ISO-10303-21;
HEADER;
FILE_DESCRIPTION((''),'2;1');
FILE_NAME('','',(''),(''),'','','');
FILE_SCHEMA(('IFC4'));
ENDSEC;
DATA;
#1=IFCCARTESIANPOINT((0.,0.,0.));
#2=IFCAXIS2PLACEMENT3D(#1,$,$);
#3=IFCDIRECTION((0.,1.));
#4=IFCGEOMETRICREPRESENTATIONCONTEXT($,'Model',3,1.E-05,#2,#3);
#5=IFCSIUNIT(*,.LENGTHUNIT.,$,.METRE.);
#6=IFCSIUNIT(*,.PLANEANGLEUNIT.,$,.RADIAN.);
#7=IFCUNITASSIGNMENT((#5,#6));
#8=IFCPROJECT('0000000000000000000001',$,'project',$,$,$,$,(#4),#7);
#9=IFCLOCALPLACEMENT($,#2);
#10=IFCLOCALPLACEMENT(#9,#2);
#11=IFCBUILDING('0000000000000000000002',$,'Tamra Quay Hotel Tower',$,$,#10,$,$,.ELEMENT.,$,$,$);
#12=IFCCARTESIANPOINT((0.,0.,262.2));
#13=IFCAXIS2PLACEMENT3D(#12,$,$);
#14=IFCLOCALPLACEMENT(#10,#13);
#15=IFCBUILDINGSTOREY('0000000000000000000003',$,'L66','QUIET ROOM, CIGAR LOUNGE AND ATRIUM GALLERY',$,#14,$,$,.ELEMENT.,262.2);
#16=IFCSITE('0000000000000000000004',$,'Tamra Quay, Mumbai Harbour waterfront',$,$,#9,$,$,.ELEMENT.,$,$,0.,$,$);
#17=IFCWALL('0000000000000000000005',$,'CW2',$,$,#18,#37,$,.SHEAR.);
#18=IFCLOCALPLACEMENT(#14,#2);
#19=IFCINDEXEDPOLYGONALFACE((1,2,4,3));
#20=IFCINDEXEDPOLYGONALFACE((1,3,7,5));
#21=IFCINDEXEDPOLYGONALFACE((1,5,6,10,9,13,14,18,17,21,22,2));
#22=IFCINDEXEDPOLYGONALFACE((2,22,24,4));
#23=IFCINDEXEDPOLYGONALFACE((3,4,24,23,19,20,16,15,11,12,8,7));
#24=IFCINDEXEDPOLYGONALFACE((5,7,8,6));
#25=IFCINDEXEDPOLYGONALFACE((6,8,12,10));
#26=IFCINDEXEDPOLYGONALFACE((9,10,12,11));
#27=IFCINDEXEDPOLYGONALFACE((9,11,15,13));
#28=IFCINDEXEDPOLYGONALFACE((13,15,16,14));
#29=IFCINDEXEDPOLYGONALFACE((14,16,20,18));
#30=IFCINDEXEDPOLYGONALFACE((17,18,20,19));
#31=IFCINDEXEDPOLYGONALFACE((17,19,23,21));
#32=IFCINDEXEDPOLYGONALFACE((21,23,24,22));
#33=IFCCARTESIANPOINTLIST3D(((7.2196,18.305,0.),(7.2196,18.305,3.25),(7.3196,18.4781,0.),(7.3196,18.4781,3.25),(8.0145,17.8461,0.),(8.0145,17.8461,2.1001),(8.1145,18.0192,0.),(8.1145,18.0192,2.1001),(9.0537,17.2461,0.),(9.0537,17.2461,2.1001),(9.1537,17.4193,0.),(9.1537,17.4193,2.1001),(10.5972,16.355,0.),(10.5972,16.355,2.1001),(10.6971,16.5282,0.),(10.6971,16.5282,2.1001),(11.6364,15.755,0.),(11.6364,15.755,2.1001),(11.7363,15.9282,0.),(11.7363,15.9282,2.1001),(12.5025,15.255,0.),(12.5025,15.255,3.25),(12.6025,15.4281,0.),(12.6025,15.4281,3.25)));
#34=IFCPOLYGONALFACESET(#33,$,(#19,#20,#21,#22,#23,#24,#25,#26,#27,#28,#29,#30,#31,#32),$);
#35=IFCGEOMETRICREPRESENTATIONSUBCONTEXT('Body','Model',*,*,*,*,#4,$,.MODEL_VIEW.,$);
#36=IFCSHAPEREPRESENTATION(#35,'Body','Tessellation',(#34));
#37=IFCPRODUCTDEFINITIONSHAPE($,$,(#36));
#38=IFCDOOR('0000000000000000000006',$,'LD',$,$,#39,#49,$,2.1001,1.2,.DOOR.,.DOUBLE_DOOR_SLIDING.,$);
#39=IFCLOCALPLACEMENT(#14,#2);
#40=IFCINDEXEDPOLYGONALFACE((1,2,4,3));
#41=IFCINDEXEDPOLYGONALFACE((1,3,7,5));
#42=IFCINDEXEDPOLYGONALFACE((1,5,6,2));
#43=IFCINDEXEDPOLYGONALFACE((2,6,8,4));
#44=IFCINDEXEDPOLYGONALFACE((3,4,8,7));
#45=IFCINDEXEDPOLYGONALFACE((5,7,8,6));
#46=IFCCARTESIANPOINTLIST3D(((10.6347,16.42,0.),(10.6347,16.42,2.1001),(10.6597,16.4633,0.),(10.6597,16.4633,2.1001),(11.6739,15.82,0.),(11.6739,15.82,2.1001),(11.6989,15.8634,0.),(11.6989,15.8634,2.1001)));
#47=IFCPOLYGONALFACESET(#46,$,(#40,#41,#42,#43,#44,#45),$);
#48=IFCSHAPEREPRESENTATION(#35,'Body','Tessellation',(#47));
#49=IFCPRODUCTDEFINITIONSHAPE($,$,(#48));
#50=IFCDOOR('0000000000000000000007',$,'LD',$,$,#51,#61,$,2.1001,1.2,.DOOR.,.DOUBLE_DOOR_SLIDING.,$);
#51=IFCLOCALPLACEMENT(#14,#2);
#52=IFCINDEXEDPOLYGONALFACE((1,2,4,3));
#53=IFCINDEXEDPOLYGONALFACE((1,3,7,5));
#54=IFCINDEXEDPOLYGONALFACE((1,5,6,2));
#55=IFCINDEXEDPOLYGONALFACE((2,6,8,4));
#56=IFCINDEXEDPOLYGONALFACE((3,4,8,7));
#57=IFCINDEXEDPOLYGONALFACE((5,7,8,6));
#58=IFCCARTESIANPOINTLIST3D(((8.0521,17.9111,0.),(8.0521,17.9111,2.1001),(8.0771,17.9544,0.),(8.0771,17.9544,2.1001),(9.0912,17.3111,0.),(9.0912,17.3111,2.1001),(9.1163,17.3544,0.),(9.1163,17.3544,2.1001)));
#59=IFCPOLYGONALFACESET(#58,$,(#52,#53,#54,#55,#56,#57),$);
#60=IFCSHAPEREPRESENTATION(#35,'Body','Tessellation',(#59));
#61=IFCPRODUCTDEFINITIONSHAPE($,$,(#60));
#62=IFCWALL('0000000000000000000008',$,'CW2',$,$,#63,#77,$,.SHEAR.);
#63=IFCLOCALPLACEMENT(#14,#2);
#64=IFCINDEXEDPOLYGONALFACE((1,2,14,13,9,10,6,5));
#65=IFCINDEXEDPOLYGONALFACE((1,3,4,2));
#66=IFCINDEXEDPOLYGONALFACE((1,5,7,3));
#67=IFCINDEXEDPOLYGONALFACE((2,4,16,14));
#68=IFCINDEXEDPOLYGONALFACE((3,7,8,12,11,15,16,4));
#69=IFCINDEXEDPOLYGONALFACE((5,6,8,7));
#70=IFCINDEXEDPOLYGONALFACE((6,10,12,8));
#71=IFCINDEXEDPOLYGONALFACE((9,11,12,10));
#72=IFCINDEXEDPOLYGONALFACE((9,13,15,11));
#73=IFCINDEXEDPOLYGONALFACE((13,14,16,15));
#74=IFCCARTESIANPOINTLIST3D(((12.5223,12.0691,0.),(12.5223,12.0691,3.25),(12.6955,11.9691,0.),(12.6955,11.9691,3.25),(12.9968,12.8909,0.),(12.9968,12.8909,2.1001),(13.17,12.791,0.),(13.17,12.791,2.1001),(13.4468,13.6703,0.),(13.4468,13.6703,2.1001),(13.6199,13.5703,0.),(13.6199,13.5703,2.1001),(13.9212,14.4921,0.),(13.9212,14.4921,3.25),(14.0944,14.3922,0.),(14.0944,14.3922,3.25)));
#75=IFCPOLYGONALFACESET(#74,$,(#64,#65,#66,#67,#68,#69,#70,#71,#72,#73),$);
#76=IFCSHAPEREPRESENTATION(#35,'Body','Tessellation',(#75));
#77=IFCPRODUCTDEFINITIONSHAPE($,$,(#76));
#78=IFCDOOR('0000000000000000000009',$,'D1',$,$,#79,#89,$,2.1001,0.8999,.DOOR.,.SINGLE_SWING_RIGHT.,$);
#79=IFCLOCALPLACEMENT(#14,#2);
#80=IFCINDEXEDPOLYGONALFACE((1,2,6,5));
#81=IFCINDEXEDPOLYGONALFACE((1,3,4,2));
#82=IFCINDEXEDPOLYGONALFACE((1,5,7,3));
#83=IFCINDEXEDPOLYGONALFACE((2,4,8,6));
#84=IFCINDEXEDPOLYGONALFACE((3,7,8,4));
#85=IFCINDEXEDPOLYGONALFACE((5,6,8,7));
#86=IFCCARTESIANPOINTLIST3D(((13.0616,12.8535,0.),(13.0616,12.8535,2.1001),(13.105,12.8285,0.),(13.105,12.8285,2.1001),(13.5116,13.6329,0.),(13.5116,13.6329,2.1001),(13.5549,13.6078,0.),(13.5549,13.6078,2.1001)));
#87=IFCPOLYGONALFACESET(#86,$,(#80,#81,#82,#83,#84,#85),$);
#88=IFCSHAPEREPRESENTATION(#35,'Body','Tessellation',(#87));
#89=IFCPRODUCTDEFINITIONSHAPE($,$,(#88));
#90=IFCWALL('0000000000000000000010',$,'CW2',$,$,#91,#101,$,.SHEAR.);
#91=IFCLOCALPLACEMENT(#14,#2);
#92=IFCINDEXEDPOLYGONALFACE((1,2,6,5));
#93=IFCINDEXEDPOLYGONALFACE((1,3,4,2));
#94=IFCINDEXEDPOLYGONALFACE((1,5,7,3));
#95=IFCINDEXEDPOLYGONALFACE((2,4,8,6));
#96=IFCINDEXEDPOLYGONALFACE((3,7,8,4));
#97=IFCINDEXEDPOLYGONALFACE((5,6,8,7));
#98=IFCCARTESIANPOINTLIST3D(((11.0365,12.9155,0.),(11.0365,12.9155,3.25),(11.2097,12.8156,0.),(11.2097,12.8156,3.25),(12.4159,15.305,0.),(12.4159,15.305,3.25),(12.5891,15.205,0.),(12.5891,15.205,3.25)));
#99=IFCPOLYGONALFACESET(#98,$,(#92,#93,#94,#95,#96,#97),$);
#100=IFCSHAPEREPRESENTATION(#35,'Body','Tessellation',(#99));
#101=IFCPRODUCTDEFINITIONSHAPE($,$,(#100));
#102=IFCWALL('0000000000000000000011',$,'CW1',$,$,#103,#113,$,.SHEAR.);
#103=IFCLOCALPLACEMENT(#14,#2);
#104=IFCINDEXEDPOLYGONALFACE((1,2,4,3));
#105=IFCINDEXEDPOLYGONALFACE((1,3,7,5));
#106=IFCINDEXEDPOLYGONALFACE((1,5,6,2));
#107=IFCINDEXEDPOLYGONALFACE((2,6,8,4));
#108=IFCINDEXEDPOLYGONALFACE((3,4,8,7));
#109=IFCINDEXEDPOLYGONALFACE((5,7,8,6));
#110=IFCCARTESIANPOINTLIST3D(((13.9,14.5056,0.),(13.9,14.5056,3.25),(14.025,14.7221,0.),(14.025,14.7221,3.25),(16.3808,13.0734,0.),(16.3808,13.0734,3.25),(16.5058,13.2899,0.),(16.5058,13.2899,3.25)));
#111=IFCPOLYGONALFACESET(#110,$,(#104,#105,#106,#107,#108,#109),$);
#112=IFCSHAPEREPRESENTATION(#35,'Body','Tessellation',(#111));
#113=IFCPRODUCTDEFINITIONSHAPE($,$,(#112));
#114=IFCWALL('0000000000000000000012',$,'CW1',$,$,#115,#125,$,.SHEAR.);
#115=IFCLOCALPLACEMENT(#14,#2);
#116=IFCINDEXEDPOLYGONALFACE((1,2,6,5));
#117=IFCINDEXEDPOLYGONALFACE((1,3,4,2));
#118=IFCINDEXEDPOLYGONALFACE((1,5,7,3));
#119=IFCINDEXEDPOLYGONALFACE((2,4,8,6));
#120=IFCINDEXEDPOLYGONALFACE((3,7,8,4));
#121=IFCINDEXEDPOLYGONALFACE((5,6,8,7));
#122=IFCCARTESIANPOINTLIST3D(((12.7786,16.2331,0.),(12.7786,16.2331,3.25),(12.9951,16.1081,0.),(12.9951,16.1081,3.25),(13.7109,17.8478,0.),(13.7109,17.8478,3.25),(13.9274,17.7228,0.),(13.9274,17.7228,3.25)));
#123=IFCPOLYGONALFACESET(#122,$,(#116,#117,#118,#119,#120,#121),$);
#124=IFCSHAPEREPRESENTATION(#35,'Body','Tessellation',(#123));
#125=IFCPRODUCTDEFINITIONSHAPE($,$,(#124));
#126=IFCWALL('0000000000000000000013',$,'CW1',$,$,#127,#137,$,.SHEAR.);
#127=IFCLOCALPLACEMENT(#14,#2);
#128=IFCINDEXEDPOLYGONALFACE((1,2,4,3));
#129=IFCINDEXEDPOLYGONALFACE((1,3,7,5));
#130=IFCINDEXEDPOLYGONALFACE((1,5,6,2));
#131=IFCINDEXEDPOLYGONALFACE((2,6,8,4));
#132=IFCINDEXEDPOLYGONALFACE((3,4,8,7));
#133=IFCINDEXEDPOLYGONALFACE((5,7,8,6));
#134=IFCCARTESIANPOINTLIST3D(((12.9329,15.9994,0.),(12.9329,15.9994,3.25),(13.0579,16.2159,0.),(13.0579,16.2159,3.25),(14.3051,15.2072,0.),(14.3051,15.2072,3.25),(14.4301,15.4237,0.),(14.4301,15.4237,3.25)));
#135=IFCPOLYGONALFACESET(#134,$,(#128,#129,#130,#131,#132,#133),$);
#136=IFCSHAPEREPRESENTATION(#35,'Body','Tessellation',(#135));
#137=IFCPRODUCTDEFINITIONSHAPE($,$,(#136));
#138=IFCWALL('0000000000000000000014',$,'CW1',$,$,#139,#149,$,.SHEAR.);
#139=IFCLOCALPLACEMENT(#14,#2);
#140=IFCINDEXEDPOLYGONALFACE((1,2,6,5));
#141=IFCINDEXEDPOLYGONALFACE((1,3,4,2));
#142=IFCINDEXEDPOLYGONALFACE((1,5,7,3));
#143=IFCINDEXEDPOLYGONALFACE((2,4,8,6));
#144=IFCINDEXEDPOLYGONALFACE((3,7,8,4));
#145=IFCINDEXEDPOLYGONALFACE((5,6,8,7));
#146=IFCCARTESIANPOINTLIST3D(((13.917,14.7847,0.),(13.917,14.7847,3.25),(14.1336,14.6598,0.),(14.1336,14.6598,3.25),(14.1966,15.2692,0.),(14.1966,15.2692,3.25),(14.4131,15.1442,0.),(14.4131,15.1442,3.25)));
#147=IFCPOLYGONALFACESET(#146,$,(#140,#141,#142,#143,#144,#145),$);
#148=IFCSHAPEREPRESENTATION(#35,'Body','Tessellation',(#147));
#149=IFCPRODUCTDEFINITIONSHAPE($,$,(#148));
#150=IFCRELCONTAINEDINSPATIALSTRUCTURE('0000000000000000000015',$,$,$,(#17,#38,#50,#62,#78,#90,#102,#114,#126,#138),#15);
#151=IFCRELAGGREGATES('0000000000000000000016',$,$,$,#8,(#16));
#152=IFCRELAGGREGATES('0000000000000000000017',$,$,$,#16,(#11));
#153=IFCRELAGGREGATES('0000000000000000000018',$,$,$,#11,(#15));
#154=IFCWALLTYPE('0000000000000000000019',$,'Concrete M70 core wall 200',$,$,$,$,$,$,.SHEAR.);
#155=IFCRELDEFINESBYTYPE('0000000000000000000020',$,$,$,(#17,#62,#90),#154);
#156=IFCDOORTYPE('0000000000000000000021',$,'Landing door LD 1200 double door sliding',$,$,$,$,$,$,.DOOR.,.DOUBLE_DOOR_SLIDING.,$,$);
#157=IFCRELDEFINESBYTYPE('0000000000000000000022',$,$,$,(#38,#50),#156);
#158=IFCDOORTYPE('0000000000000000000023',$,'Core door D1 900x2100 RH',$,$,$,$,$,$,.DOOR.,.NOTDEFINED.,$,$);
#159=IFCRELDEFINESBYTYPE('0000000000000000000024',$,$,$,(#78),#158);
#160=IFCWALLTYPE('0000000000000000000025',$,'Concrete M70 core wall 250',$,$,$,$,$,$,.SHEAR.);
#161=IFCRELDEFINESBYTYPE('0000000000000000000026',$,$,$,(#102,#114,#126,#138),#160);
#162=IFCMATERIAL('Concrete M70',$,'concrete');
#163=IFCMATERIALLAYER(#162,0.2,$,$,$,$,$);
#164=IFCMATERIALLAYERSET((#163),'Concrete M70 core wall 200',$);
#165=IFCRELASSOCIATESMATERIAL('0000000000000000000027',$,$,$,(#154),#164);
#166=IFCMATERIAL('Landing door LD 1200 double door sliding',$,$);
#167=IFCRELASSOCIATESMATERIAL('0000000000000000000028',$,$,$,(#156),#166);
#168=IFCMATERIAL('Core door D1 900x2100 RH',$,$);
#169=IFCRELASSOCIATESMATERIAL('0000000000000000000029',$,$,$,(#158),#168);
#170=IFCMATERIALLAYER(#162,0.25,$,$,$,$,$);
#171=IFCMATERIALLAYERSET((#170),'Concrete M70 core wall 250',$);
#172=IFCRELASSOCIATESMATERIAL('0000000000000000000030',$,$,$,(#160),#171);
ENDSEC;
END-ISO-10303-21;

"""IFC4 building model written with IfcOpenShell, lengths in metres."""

from ifc_helpers import new_model, si_unit, direction, frame, frame_2d, origin, place, context, subcontext, project, spatial, rectangle, extrude, material, layer, layer_set, type_object, element, fill, save


model = new_model("IFC4")

# Units and contexts
model_context = context("Model", 3, precision=1e-05, world=origin(), true_north=direction((0.0, 1.0)))
body_context = subcontext(model_context, "Body", "Model", "MODEL_VIEW")
ifc_project = project(units=[si_unit("LENGTHUNIT", "METRE"), si_unit("PLANEANGLEUNIT", "RADIAN")], contexts=[model_context])

# Site, building, storey
site_placement = place(None, origin())
site = spatial("IfcSite", under=ifc_project, at=site_placement, Name="Tamra Quay, Mumbai Harbour waterfront", CompositionType="ELEMENT", RefElevation=0.0)
building_placement = place(site_placement, origin())
building = spatial("IfcBuilding", under=site, at=building_placement, Name="Tamra Quay Hotel Tower", CompositionType="ELEMENT")
storey_placement = place(building_placement, frame((0.0, 0.0, 262.2)))
storey = spatial("IfcBuildingStorey", under=building, at=storey_placement, Name="L66", Description="QUIET ROOM, CIGAR LOUNGE AND ATRIUM GALLERY", CompositionType="ELEMENT", Elevation=262.2)

# Shared definitions
ifc_material_1 = material(Name="Concrete M70", Category="concrete")

# Wall, openings, doors
ifc_layer_1 = layer(ifc_material_1, 0.2)
ifc_layer_set_1 = layer_set([ifc_layer_1], Name="Concrete M70 core wall 200")
wall_type_1 = type_object("IfcWallType", Name="Concrete M70 core wall 200", PredefinedType="SHEAR", material=ifc_layer_set_1)
wall_1_placement = place(storey_placement, frame((12.5525, 15.3416, 0.0), z_axis=(0.0, 0.0, 1.0), x_axis=(-0.86603, 0.499992, 0.0)))
wall_1 = element("IfcWall", 1, at=wall_1_placement, inside=storey, type_object=wall_type_1, Name="CW2", PredefinedType="SHEAR", context=body_context, shape_type="SweptSolid", body=[
    extrude(rectangle(XDim=6.1001, YDim=0.2, at=frame_2d((3.05, 0.0))), origin(), (0.0, 0.0, 1.0), 3.25),
])
opening_1_placement = place(wall_1_placement, frame((1.0, 0.0, 0.0)))
opening_1 = element("IfcOpeningElement", 2, at=opening_1_placement, cuts=wall_1, PredefinedType="OPENING", context=body_context, shape_type="SweptSolid", body=[
    extrude(rectangle(XDim=1.2, YDim=2.1001, at=frame_2d((0.6001, 1.05))), frame((0.0, 0.1099, 0.0), z_axis=(0.0, -1.0, 0.0), x_axis=(1.0, 0.0, 0.0)), (0.0, 0.0, 1.0), 0.22),
])
opening_2_placement = place(wall_1_placement, frame((3.9822, 0.0, 0.0)))
opening_2 = element("IfcOpeningElement", 3, at=opening_2_placement, cuts=wall_1, PredefinedType="OPENING", context=body_context, shape_type="SweptSolid", body=[
    extrude(rectangle(XDim=1.2, YDim=2.1001, at=frame_2d((0.6001, 1.05))), frame((0.0, 0.1099, 0.0), z_axis=(0.0, -1.0, 0.0), x_axis=(1.0, 0.0, 0.0)), (0.0, 0.0, 1.0), 0.22),
])
ifc_material_2 = material(Name="Landing door LD 1200 double door sliding")
door_type_1 = type_object("IfcDoorType", Name="Landing door LD 1200 double door sliding", OperationType="DOUBLE_DOOR_SLIDING", PredefinedType="DOOR", material=ifc_material_2)
door_1_placement = place(opening_1_placement, origin())
door_1 = element("IfcDoor", 4, at=door_1_placement, inside=storey, type_object=door_type_1, Name="LD", OperationType="DOUBLE_DOOR_SLIDING", OverallHeight=2.1001, OverallWidth=1.2, PredefinedType="DOOR", context=body_context, shape_type="SweptSolid", body=[
    extrude(rectangle(XDim=1.2, YDim=2.1001, at=frame_2d((0.6001, 1.05))), frame((0.0, 0.0249, 0.0), z_axis=(0.0, -1.0, 0.0), x_axis=(1.0, 0.0, 0.0)), (0.0, 0.0, 1.0), 0.05),
])
fill(opening_1, door_1)
door_2_placement = place(opening_2_placement, origin())
door_2 = element("IfcDoor", 5, at=door_2_placement, inside=storey, type_object=door_type_1, Name="LD", OperationType="DOUBLE_DOOR_SLIDING", OverallHeight=2.1001, OverallWidth=1.2, PredefinedType="DOOR", context=body_context, shape_type="SweptSolid", body=[
    extrude(rectangle(XDim=1.2, YDim=2.1001, at=frame_2d((0.6001, 1.05))), frame((0.0, 0.0249, 0.0), z_axis=(0.0, -1.0, 0.0), x_axis=(1.0, 0.0, 0.0)), (0.0, 0.0, 1.0), 0.05),
])
fill(opening_2, door_2)

# Wall, opening, door
wall_2_placement = place(storey_placement, frame((14.0078, 14.4421, 0.0), z_axis=(0.0, 0.0, 1.0), x_axis=(-0.499987, -0.866033, 0.0)))
wall_2 = element("IfcWall", 6, at=wall_2_placement, inside=storey, type_object=wall_type_1, Name="CW2", PredefinedType="SHEAR", context=body_context, shape_type="SweptSolid", body=[
    extrude(rectangle(XDim=2.7979, YDim=0.2, at=frame_2d((1.3989, 0.0))), origin(), (0.0, 0.0, 1.0), 3.25),
])
opening_3_placement = place(wall_2_placement, frame((0.949, 0.0, 0.0)))
opening_3 = element("IfcOpeningElement", 7, at=opening_3_placement, cuts=wall_2, PredefinedType="OPENING", context=body_context, shape_type="SweptSolid", body=[
    extrude(rectangle(XDim=0.8999, YDim=2.1001, at=frame_2d((0.45, 1.05))), frame((0.0, 0.1099, 0.0), z_axis=(0.0, -1.0, 0.0), x_axis=(1.0, 0.0, 0.0)), (0.0, 0.0, 1.0), 0.22),
])
ifc_material_3 = material(Name="Core door D1 900x2100 RH")
door_type_2 = type_object("IfcDoorType", Name="Core door D1 900x2100 RH", OperationType="NOTDEFINED", PredefinedType="DOOR", material=ifc_material_3)
door_3_placement = place(opening_3_placement, origin())
door_3 = element("IfcDoor", 8, at=door_3_placement, inside=storey, type_object=door_type_2, Name="D1", OperationType="SINGLE_SWING_RIGHT", OverallHeight=2.1001, OverallWidth=0.8999, PredefinedType="DOOR", context=body_context, shape_type="SweptSolid", body=[
    extrude(rectangle(XDim=0.8999, YDim=2.1001, at=frame_2d((0.45, 1.05))), frame((0.0, 0.0249, 0.0), z_axis=(0.0, -1.0, 0.0), x_axis=(1.0, 0.0, 0.0)), (0.0, 0.0, 1.0), 0.05),
])
fill(opening_3, door_3)

# Walls
wall_3_placement = place(storey_placement, frame((12.5024, 15.2549, 0.0), z_axis=(0.0, 0.0, 1.0), x_axis=(-0.499965, -0.866046, 0.0)))
element("IfcWall", 9, at=wall_3_placement, inside=storey, type_object=wall_type_1, Name="CW2", PredefinedType="SHEAR", context=body_context, shape_type="SweptSolid", body=[
    extrude(rectangle(XDim=2.759, YDim=0.2, at=frame_2d((1.3794, 0.0))), origin(), (0.0, 0.0, 1.0), 3.25),
])
ifc_layer_2 = layer(ifc_material_1, 0.25)
ifc_layer_set_2 = layer_set([ifc_layer_2], Name="Concrete M70 core wall 250")
wall_type_2 = type_object("IfcWallType", Name="Concrete M70 core wall 250", PredefinedType="SHEAR", material=ifc_layer_set_2)
wall_4_placement = place(storey_placement, frame((13.9626, 14.6138, 0.0), z_axis=(0.0, 0.0, 1.0), x_axis=(0.866042, -0.499971, 0.0)))
element("IfcWall", 10, at=wall_4_placement, inside=storey, type_object=wall_type_2, Name="CW1", PredefinedType="SHEAR", context=body_context, shape_type="SweptSolid", body=[
    extrude(rectangle(XDim=2.8645, YDim=0.25, at=frame_2d((1.4321, 0.0))), origin(), (0.0, 0.0, 1.0), 3.25),
])
wall_5_placement = place(storey_placement, frame((13.8191, 17.7852, 0.0), z_axis=(0.0, 0.0, 1.0), x_axis=(-0.50004, -0.866002, 0.0)))
element("IfcWall", 11, at=wall_5_placement, inside=storey, type_object=wall_type_2, Name="CW1", PredefinedType="SHEAR", context=body_context, shape_type="SweptSolid", body=[
    extrude(rectangle(XDim=1.8645, YDim=0.25, at=frame_2d((0.9321, 0.0))), origin(), (0.0, 0.0, 1.0), 3.25),
])
wall_6_placement = place(storey_placement, frame((12.9954, 16.1077, 0.0), z_axis=(0.0, 0.0, 1.0), x_axis=(0.866044, -0.499967, 0.0)))
element("IfcWall", 12, at=wall_6_placement, inside=storey, type_object=wall_type_2, Name="CW1", PredefinedType="SHEAR", context=body_context, shape_type="SweptSolid", body=[
    extrude(rectangle(XDim=1.5845, YDim=0.25, at=frame_2d((0.7922, 0.0))), origin(), (0.0, 0.0, 1.0), 3.25),
])
wall_7_placement = place(storey_placement, frame((14.3049, 15.2068, 0.0), z_axis=(0.0, 0.0, 1.0), x_axis=(-0.499848, -0.866113, 0.0)))
element("IfcWall", 13, at=wall_7_placement, inside=storey, type_object=wall_type_2, Name="CW1", PredefinedType="SHEAR", context=body_context, shape_type="SweptSolid", body=[
    extrude(rectangle(XDim=0.5593, YDim=0.25, at=frame_2d((0.2798, 0.0))), origin(), (0.0, 0.0, 1.0), 3.25),
])

save(model, "model.ifc")
